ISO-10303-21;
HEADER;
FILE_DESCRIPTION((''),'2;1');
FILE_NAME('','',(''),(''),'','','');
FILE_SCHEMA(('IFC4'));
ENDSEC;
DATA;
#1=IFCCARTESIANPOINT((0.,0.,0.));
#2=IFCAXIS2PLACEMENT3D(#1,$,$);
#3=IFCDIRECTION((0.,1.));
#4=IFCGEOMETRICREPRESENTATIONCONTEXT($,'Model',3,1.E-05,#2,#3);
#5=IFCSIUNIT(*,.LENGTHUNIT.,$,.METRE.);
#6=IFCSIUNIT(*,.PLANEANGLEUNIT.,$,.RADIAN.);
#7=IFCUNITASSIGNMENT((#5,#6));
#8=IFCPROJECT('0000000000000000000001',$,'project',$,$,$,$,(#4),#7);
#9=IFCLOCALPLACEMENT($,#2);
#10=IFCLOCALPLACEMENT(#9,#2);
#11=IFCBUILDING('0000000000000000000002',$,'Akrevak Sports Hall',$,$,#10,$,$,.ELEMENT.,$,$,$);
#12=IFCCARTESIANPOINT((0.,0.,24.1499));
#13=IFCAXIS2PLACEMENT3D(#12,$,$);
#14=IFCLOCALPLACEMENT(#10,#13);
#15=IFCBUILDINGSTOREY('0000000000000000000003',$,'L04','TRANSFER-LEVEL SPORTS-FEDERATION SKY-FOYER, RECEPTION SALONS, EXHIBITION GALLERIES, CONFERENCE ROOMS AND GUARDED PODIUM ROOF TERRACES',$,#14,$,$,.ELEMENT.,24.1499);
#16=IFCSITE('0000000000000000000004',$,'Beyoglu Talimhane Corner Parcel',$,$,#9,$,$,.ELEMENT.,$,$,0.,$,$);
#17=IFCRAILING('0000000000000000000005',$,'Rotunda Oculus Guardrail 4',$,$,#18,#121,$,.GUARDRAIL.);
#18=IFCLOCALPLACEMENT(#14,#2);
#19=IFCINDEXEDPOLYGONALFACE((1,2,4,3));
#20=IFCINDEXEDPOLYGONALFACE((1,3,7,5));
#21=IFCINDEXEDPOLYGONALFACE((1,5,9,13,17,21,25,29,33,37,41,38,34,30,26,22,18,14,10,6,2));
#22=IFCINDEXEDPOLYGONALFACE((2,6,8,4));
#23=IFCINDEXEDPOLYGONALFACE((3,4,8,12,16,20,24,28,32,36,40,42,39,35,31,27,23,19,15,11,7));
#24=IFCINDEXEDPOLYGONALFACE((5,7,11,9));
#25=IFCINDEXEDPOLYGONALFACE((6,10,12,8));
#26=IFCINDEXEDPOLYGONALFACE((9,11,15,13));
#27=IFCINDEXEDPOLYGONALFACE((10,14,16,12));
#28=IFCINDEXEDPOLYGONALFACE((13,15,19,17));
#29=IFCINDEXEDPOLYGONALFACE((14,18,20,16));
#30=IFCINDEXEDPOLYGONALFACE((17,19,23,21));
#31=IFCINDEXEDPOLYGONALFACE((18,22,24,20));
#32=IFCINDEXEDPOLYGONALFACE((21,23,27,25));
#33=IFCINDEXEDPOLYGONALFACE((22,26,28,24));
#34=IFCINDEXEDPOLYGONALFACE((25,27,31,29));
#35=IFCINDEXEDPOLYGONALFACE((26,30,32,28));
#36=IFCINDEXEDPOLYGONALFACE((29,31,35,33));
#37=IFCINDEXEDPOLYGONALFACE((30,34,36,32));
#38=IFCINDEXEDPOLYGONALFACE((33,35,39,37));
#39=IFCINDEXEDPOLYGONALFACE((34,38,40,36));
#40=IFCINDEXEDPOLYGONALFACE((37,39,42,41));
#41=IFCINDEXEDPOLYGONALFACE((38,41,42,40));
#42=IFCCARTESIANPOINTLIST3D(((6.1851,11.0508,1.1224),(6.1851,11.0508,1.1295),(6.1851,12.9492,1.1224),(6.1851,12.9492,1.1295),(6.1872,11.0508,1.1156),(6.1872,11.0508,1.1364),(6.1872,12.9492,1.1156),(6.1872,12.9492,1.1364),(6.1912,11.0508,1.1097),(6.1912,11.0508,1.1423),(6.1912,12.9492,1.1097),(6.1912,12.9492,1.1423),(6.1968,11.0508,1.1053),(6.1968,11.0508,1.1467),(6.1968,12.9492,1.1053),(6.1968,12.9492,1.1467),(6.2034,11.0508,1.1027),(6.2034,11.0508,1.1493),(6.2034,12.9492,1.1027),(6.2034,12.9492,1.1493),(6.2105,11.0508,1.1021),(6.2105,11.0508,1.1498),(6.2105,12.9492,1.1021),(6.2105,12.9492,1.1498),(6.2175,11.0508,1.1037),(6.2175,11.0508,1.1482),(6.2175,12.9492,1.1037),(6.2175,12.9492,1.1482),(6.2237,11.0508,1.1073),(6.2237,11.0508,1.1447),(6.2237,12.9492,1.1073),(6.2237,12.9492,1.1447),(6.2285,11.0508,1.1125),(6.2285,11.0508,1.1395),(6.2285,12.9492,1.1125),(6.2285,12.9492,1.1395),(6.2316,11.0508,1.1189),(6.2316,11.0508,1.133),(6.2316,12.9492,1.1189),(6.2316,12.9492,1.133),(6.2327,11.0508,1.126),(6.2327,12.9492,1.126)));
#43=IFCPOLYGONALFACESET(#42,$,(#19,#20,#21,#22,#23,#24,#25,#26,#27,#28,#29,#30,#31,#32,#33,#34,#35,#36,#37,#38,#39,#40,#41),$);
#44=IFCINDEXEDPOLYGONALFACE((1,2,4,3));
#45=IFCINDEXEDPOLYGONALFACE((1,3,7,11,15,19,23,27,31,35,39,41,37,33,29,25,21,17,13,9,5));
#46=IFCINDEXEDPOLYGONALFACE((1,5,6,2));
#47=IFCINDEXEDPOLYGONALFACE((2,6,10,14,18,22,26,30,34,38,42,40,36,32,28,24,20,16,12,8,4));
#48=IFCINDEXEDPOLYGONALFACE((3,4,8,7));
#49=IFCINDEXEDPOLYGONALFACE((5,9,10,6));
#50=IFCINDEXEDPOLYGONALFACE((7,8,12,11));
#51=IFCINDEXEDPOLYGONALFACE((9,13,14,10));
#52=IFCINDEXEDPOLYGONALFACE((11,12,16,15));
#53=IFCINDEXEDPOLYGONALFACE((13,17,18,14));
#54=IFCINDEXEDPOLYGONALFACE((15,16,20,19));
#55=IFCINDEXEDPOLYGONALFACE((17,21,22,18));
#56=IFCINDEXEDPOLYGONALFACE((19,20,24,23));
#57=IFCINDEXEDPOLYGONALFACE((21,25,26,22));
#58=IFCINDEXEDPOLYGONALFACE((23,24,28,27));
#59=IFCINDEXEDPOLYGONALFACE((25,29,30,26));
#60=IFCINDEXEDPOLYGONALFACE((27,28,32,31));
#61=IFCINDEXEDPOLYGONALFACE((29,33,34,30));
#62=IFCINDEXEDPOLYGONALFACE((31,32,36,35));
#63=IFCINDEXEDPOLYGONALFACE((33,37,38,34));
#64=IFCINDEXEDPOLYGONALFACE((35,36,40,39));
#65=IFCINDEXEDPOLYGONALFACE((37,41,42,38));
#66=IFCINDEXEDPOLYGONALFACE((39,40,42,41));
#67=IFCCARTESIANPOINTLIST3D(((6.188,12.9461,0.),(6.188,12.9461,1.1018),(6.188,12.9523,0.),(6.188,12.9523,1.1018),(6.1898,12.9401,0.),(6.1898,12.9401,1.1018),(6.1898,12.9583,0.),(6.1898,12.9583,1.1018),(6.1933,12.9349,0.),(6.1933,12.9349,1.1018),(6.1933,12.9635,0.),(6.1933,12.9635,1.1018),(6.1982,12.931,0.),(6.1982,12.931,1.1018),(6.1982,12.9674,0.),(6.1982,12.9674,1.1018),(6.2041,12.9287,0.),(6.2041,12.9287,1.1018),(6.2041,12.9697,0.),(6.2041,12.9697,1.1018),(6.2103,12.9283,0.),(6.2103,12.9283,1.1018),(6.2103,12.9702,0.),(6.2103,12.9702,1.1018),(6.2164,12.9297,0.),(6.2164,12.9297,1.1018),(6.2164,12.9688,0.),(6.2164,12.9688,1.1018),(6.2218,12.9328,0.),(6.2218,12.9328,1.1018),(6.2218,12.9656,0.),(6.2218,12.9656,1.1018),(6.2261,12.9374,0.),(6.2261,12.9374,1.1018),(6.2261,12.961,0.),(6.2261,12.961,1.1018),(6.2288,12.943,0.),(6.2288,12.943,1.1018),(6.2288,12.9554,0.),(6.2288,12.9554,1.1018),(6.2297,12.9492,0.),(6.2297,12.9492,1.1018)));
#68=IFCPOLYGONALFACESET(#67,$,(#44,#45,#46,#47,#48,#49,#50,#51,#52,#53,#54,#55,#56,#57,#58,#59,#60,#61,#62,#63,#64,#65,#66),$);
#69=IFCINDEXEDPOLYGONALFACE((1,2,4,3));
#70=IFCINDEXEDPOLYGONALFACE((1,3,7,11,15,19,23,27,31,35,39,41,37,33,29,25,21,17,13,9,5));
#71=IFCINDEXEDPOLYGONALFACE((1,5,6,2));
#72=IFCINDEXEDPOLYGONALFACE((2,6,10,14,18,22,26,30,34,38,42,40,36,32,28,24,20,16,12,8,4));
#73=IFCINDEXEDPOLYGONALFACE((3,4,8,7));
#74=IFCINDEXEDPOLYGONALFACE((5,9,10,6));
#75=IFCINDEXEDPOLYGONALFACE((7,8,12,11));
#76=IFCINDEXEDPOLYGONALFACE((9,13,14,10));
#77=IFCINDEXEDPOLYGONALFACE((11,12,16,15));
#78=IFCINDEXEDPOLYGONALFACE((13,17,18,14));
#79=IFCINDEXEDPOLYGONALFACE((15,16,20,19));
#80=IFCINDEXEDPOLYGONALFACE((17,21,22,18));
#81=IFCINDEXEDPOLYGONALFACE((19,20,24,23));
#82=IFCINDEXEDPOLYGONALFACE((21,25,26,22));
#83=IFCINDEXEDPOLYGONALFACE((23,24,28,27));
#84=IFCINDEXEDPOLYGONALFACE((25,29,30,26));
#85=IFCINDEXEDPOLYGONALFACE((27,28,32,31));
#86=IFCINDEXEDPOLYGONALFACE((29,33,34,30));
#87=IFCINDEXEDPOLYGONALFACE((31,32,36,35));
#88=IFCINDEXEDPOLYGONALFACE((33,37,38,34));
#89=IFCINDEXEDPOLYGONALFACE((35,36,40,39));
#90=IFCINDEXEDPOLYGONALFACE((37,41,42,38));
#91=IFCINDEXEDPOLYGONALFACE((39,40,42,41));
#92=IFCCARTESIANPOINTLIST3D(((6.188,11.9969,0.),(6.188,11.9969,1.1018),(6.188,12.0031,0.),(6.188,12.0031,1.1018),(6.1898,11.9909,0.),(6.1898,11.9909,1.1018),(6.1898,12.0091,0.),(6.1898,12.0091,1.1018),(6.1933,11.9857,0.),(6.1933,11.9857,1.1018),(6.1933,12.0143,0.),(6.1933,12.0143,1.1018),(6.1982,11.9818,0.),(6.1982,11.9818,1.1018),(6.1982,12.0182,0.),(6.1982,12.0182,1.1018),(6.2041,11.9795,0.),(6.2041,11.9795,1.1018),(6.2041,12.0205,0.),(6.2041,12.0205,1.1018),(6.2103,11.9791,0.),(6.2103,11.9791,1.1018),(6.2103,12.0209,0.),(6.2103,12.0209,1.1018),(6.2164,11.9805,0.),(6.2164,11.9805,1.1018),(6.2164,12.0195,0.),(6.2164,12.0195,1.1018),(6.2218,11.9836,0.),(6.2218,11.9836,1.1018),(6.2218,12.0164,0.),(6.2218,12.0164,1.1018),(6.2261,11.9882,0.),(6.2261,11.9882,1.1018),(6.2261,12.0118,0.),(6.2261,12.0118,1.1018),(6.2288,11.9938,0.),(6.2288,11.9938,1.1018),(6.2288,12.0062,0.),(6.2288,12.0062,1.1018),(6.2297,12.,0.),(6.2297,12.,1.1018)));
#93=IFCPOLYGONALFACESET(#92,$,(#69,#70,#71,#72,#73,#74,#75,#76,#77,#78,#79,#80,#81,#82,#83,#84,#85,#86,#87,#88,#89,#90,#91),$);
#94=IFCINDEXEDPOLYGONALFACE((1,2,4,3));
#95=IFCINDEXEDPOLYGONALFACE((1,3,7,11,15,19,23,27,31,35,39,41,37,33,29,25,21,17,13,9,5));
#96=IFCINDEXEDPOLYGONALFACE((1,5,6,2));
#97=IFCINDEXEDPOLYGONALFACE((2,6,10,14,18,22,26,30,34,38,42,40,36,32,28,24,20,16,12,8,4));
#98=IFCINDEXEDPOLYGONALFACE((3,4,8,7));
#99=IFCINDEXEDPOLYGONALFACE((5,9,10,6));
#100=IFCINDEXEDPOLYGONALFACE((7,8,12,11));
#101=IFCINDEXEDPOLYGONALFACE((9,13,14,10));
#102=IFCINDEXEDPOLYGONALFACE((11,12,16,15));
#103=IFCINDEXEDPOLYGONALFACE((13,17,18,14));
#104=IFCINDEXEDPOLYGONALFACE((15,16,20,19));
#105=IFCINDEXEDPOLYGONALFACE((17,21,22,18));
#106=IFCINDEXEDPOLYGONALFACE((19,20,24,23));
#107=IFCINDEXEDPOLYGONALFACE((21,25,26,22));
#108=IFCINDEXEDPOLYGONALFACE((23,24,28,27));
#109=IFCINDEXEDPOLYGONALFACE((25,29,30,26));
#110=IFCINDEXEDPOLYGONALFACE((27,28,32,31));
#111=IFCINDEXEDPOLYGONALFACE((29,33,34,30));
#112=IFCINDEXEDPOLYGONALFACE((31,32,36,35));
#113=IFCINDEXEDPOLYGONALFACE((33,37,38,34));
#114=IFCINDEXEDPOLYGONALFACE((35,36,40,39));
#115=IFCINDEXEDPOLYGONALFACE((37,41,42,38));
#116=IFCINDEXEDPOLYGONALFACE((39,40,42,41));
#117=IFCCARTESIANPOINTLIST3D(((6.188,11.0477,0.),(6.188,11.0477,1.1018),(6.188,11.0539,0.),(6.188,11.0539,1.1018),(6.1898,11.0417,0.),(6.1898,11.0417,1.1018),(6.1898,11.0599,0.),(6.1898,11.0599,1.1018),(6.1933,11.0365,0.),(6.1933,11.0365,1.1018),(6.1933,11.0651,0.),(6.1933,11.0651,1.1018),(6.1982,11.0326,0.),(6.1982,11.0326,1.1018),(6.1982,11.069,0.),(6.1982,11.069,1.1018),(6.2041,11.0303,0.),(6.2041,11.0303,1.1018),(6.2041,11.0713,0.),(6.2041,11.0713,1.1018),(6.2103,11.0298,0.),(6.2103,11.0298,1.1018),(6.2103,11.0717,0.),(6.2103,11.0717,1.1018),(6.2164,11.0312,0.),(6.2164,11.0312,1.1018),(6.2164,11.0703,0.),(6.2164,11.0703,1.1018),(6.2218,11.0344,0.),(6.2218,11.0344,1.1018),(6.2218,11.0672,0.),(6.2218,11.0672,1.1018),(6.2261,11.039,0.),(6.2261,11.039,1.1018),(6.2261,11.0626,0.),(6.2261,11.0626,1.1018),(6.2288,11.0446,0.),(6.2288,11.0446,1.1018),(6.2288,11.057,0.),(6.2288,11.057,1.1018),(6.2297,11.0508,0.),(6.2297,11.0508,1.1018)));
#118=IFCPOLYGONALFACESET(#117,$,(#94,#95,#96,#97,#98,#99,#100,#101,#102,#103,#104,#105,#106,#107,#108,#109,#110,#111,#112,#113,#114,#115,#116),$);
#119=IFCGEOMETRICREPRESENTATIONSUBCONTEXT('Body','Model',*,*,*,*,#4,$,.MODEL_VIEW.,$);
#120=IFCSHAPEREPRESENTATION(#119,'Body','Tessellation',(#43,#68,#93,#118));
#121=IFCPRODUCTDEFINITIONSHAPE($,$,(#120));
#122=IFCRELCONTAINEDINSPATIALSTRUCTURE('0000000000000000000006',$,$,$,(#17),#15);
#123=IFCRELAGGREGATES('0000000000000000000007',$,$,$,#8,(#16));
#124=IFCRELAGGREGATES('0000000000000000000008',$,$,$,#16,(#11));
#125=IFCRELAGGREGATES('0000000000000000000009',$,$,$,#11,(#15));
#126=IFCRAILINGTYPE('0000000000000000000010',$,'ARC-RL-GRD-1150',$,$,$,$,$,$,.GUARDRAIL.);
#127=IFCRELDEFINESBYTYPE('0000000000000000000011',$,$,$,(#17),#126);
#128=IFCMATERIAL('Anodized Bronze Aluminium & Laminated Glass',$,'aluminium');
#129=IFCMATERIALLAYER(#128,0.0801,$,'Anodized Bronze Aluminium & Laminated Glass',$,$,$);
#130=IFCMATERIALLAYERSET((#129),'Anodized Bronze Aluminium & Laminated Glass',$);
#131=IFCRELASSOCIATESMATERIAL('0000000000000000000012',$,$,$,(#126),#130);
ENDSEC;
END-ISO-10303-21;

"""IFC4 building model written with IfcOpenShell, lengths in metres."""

from ifc_helpers import new_model, si_unit, direction, frame, origin, origin_2d, place, context, subcontext, project, spatial, circle, extrude, material, layer, layer_set, type_object, element, save


model = new_model("IFC4")

# Units and contexts
model_context = context("Model", 3, precision=1e-05, world=origin(), true_north=direction((0.0, 1.0)))
body_context = subcontext(model_context, "Body", "Model", "MODEL_VIEW")
ifc_project = project(units=[si_unit("LENGTHUNIT", "METRE"), si_unit("PLANEANGLEUNIT", "RADIAN")], contexts=[model_context])

# Site, building, storey
site_placement = place(None, origin())
site = spatial("IfcSite", under=ifc_project, at=site_placement, Name="Beyoglu Talimhane Corner Parcel", CompositionType="ELEMENT", RefElevation=0.0)
building_placement = place(site_placement, origin())
building = spatial("IfcBuilding", under=site, at=building_placement, Name="Akrevak Sports Hall", CompositionType="ELEMENT")
storey_placement = place(building_placement, frame((0.0, 0.0, 24.1499)))
storey = spatial("IfcBuildingStorey", under=building, at=storey_placement, Name="L04", Description="TRANSFER-LEVEL SPORTS-FEDERATION SKY-FOYER, RECEPTION SALONS, EXHIBITION GALLERIES, CONFERENCE ROOMS AND GUARDED PODIUM ROOF TERRACES", CompositionType="ELEMENT", Elevation=24.1499)

# Railing
ifc_material_1 = material(Name="Anodized Bronze Aluminium & Laminated Glass", Category="aluminium")
ifc_layer_1 = layer(ifc_material_1, 0.0801, Name="Anodized Bronze Aluminium & Laminated Glass")
ifc_layer_set_1 = layer_set([ifc_layer_1], Name="Anodized Bronze Aluminium & Laminated Glass")
railing_type = type_object("IfcRailingType", Name="ARC-RL-GRD-1150", PredefinedType="GUARDRAIL", material=ifc_layer_set_1)
railing_1_placement = place(storey_placement, frame((6.2087, 12.9492, 0.0)))
element("IfcRailing", 1, at=railing_1_placement, inside=storey, type_object=railing_type, Name="Rotunda Oculus Guardrail 4", PredefinedType="GUARDRAIL", context=body_context, shape_type="SweptSolid", body=[
    extrude(circle(Radius=0.0239, at=origin_2d()), frame((0.0, 0.0, 1.126), z_axis=(0.0, -1.0, 0.0), x_axis=(1.0, 0.0, 0.0)), (0.0, 0.0, 1.0), 1.8984),
    extrude(circle(Radius=0.021, at=origin_2d()), origin(), (0.0, 0.0, 1.0), 1.1018),
    extrude(circle(Radius=0.021, at=origin_2d()), frame((0.0, -0.9492, 0.0)), (0.0, 0.0, 1.0), 1.1018),
    extrude(circle(Radius=0.021, at=origin_2d()), frame((0.0, -1.8984, 0.0)), (0.0, 0.0, 1.0), 1.1018),
])

save(model, "model.ifc")
